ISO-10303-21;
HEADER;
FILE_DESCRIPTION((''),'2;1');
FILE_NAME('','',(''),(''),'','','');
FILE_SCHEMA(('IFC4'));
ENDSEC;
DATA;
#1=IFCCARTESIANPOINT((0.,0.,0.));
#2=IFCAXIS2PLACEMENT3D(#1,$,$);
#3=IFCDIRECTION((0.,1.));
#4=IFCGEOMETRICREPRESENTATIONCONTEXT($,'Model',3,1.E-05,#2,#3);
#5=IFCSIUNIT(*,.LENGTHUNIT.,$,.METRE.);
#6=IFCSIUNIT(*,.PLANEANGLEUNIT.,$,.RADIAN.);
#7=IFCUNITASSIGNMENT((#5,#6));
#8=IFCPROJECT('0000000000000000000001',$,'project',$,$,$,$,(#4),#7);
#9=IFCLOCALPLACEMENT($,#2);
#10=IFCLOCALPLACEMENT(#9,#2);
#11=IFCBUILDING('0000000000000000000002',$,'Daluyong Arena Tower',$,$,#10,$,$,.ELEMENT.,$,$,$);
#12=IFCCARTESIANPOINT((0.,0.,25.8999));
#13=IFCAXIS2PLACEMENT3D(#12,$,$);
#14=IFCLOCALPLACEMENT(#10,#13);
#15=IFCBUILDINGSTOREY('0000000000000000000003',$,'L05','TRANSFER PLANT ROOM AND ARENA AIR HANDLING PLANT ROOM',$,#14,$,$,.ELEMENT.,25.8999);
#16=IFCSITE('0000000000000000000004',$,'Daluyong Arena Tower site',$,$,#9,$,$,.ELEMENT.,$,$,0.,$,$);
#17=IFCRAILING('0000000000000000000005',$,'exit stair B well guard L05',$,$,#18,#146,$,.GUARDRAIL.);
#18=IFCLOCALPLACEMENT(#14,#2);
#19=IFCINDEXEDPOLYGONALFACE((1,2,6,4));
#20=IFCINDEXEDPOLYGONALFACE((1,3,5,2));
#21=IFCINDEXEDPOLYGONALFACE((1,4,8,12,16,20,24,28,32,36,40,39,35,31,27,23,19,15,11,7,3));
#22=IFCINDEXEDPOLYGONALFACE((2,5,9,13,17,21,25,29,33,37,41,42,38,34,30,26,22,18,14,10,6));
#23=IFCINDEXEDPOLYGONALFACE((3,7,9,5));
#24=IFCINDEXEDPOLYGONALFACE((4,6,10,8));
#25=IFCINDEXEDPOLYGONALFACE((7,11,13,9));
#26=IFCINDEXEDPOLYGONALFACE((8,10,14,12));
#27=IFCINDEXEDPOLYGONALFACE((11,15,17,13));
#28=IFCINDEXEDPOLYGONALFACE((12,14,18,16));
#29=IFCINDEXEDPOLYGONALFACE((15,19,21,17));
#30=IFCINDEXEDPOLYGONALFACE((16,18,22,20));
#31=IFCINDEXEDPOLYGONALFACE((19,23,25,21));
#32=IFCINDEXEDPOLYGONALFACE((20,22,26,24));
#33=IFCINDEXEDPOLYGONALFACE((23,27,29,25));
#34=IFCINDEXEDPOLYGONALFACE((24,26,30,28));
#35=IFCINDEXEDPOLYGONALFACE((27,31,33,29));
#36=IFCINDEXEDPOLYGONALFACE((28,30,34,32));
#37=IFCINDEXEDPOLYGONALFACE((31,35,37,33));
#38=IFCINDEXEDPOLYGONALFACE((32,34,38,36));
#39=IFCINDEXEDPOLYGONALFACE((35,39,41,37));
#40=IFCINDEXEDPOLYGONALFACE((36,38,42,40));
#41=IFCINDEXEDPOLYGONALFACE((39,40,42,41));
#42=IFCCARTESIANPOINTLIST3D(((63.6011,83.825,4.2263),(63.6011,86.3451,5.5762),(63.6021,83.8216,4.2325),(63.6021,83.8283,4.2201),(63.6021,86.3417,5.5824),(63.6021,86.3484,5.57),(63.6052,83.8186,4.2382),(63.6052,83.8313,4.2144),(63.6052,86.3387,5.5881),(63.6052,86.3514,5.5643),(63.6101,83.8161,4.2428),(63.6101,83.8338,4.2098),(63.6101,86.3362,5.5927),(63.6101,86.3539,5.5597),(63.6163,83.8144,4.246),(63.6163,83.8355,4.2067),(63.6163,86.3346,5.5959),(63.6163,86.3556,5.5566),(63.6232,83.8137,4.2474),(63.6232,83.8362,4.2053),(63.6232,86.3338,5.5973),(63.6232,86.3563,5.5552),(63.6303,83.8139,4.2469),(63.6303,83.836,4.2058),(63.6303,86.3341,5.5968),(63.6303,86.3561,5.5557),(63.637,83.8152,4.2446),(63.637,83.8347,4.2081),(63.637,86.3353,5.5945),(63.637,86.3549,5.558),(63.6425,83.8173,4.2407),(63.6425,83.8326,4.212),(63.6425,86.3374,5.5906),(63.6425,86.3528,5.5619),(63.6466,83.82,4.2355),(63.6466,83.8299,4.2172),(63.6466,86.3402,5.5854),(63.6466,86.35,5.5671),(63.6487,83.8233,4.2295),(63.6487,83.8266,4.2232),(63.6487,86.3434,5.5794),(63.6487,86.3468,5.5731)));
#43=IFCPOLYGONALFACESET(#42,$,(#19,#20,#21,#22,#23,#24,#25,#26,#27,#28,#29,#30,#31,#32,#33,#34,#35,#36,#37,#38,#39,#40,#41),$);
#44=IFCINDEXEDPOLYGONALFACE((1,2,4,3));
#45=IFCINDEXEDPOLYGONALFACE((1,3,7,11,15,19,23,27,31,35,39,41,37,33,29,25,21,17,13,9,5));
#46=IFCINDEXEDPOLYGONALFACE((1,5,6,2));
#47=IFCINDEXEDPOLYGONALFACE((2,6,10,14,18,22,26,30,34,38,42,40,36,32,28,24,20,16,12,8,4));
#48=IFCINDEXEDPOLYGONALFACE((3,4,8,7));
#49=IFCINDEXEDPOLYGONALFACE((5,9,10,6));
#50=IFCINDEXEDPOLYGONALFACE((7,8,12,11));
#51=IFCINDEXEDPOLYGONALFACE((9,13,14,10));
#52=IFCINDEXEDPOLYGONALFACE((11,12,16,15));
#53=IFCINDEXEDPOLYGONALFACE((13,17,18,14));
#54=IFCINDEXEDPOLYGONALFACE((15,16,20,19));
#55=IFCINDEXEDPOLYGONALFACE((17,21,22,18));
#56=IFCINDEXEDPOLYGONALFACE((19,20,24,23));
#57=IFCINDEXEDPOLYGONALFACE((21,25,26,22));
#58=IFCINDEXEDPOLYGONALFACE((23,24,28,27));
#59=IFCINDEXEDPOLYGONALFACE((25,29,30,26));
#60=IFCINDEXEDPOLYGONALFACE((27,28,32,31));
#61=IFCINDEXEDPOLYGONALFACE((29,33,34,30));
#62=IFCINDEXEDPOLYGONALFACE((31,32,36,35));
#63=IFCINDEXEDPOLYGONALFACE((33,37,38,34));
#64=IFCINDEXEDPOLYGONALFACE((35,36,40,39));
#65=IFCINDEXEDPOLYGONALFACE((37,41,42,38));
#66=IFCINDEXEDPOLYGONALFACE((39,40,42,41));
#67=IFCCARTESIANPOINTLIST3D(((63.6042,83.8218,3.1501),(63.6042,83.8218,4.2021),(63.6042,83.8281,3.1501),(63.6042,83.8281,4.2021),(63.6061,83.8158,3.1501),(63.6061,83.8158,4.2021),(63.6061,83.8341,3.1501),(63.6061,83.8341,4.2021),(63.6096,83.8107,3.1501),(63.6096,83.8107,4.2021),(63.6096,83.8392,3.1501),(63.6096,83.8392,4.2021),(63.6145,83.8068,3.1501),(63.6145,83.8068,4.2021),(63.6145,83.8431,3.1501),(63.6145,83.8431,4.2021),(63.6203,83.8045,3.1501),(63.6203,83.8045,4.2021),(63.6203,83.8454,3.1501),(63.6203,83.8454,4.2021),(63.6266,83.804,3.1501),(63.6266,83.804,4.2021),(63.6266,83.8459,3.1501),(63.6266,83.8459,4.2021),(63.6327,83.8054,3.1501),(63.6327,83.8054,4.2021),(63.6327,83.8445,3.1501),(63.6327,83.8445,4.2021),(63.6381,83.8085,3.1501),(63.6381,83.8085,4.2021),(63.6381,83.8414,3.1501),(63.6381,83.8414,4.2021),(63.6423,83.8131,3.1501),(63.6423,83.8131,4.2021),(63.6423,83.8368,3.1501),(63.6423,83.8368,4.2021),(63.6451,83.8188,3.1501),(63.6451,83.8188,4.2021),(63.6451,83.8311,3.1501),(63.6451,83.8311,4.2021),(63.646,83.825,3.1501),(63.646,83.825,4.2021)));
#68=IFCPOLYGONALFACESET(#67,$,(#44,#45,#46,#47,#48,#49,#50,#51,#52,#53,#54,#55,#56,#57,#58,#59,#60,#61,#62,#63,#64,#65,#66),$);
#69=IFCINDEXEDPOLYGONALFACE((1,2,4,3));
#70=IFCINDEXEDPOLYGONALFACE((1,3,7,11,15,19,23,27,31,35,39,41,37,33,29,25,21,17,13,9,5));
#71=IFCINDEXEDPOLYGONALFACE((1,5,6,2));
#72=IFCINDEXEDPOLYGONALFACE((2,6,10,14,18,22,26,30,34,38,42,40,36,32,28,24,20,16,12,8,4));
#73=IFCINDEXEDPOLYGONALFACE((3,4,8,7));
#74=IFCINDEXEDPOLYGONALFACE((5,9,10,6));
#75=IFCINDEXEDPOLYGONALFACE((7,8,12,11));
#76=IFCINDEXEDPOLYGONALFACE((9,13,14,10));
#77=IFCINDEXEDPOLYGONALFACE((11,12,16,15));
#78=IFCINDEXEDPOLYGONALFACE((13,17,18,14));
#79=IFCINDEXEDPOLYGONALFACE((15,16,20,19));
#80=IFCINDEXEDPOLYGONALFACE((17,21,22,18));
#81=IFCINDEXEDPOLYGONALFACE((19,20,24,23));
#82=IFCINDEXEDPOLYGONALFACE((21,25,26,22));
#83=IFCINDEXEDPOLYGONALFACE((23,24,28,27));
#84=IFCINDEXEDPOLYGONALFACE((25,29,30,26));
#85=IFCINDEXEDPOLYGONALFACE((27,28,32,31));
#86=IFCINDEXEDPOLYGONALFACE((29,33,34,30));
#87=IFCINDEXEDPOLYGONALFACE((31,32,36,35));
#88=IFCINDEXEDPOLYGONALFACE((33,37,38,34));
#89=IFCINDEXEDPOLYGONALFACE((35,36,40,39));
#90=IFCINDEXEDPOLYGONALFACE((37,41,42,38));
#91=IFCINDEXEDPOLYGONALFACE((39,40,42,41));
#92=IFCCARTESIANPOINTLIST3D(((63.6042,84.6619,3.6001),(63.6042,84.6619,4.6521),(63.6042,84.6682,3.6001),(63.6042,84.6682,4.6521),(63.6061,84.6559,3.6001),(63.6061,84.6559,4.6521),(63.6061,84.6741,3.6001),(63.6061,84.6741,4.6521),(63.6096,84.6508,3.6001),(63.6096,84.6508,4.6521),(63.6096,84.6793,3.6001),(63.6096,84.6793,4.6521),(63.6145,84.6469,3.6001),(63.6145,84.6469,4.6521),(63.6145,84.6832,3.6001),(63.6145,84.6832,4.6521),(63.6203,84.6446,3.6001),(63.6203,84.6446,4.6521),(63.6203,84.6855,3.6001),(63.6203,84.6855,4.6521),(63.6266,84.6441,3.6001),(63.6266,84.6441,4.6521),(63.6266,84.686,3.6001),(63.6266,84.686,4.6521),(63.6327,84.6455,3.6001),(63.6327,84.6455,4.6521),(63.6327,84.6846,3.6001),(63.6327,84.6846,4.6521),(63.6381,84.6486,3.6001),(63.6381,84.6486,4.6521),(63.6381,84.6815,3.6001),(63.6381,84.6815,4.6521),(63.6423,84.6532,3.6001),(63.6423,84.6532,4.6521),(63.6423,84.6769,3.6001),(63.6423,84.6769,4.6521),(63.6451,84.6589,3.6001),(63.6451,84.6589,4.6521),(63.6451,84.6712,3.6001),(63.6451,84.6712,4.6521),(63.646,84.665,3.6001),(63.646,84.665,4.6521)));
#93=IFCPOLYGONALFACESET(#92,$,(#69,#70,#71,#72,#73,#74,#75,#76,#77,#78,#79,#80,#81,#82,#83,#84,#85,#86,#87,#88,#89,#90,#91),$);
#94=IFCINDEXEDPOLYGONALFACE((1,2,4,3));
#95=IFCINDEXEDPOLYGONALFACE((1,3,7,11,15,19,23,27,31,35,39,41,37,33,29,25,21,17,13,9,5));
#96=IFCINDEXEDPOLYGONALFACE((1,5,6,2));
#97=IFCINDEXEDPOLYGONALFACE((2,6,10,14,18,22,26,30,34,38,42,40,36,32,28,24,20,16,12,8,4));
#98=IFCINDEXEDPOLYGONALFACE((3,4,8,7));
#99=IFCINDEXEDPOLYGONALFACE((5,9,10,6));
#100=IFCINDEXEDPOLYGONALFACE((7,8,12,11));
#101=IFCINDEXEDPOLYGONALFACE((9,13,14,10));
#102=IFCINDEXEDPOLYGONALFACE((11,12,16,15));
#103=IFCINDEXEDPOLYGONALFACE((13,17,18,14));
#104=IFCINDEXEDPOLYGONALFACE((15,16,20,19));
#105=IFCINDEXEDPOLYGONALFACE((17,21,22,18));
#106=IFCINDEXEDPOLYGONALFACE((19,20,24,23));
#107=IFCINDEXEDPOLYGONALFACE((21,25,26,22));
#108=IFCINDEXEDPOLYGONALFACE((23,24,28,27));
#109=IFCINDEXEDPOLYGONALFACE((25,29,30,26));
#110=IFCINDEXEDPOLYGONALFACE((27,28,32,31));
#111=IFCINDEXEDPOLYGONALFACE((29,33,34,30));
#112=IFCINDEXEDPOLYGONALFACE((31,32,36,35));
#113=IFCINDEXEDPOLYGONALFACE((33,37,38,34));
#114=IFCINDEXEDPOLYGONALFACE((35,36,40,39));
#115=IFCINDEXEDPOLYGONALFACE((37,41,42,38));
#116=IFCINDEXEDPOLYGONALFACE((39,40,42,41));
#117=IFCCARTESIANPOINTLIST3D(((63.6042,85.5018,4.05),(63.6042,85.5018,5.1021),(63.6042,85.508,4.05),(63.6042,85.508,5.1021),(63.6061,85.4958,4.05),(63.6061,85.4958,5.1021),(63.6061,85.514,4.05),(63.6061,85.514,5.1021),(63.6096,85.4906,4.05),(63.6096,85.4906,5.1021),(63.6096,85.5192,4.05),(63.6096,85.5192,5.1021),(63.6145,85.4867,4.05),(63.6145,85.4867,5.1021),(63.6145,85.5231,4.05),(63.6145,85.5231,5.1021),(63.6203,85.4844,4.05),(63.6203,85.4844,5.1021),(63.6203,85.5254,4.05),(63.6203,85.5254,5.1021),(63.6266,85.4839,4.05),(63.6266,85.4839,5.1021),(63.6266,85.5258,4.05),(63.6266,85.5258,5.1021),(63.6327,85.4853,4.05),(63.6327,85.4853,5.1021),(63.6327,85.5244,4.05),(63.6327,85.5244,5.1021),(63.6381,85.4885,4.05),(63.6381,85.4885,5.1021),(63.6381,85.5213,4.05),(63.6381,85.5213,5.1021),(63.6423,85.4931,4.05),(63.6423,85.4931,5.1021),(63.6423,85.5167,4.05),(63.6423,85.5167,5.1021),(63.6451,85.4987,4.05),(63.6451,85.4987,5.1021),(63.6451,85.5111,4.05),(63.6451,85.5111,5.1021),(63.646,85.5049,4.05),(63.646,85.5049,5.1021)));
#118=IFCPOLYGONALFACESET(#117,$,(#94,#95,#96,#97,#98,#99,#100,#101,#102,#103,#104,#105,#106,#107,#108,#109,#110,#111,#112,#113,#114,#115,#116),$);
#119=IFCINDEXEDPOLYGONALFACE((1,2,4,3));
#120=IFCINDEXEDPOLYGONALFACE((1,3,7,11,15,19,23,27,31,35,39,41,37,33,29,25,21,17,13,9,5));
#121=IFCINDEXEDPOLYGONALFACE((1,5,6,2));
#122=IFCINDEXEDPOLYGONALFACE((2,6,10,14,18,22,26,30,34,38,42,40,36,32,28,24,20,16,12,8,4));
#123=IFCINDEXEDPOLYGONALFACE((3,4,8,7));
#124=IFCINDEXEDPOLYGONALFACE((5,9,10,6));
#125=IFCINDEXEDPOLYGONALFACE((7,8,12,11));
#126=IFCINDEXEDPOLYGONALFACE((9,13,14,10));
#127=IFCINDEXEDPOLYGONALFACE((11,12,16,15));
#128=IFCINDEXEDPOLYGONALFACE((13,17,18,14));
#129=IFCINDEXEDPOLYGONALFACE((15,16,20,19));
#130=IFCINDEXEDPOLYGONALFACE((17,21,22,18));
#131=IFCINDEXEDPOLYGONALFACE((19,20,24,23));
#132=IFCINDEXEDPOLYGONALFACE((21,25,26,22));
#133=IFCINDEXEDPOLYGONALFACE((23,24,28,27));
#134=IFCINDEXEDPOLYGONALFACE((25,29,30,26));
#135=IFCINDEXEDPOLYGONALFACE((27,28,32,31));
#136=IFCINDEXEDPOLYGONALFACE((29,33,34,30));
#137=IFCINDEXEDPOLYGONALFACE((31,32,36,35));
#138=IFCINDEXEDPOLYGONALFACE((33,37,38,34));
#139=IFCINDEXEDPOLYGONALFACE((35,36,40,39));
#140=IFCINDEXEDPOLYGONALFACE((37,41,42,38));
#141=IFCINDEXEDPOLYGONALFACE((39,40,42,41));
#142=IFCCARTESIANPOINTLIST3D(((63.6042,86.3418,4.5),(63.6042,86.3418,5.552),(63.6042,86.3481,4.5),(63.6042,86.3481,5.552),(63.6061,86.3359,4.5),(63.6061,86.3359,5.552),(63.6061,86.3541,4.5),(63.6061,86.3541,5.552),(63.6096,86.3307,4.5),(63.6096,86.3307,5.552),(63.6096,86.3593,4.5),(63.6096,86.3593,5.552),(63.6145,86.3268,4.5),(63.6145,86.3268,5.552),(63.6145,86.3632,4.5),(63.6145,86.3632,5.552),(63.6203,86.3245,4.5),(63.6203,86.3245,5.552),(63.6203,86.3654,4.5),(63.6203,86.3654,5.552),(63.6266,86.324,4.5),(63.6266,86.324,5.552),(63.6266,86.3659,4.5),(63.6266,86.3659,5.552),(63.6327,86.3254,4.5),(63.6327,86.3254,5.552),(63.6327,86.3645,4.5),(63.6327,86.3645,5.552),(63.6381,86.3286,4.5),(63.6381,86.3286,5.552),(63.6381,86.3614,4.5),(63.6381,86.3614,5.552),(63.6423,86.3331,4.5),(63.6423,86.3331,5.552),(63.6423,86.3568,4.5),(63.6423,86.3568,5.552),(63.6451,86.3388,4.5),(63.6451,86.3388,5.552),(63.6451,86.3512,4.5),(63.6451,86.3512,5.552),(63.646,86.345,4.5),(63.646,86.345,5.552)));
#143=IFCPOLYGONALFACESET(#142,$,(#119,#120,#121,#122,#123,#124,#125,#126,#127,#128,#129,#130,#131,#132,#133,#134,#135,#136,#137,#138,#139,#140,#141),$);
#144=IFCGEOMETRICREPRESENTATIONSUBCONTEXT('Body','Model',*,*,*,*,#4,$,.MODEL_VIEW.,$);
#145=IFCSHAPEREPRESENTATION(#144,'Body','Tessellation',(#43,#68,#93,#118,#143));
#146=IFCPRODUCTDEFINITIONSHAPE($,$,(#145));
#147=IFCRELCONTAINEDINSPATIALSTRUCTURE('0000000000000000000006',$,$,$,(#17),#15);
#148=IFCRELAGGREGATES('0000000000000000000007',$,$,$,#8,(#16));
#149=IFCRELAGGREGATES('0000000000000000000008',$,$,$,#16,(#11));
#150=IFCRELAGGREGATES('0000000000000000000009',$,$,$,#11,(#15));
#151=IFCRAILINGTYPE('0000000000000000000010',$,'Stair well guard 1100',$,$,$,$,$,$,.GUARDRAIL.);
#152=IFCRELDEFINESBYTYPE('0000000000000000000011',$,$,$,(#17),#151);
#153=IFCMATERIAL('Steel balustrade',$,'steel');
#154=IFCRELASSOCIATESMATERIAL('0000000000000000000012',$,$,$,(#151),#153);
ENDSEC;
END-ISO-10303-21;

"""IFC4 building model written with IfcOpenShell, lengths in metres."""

from ifc_helpers import new_model, si_unit, direction, frame, origin, origin_2d, place, context, subcontext, project, spatial, circle, extrude, material, type_object, element, save


model = new_model("IFC4")

# Units and contexts
model_context = context("Model", 3, precision=1e-05, world=origin(), true_north=direction((0.0, 1.0)))
body_context = subcontext(model_context, "Body", "Model", "MODEL_VIEW")
ifc_project = project(units=[si_unit("LENGTHUNIT", "METRE"), si_unit("PLANEANGLEUNIT", "RADIAN")], contexts=[model_context])

# Site, building, storey
site_placement = place(None, origin())
site = spatial("IfcSite", under=ifc_project, at=site_placement, Name="Daluyong Arena Tower site", CompositionType="ELEMENT", RefElevation=0.0)
building_placement = place(site_placement, origin())
building = spatial("IfcBuilding", under=site, at=building_placement, Name="Daluyong Arena Tower", CompositionType="ELEMENT")
storey_placement = place(building_placement, frame((0.0, 0.0, 25.8999)))
storey = spatial("IfcBuildingStorey", under=building, at=storey_placement, Name="L05", Description="TRANSFER PLANT ROOM AND ARENA AIR HANDLING PLANT ROOM", CompositionType="ELEMENT", Elevation=25.8999)

# Railing
ifc_material_1 = material(Name="Steel balustrade", Category="steel")
railing_type_1 = type_object("IfcRailingType", Name="Stair well guard 1100", PredefinedType="GUARDRAIL", material=ifc_material_1)
railing_1_placement = place(storey_placement, frame((63.625, 83.825, 3.1501)))
element("IfcRailing", 1, at=railing_1_placement, inside=storey, type_object=railing_type_1, Name="exit stair B well guard L05", PredefinedType="GUARDRAIL", context=body_context, shape_type="SweptSolid", body=[
    extrude(circle(Radius=0.0239, at=origin_2d()), frame((0.0, 0.0, 1.0762), z_axis=(0.0, 0.881503, 0.472179), x_axis=(-1.0, 0.0, 0.0)), (0.0, 0.0, 1.0), 2.8589),
    extrude(circle(Radius=0.021, at=origin_2d()), origin(), (0.0, 0.0, 1.0), 1.052),
    extrude(circle(Radius=0.021, at=origin_2d()), frame((0.0, 0.8401, 0.45)), (0.0, 0.0, 1.0), 1.052),
    extrude(circle(Radius=0.021, at=origin_2d()), frame((0.0, 1.6799, 0.8999)), (0.0, 0.0, 1.0), 1.052),
    extrude(circle(Radius=0.021, at=origin_2d()), frame((0.0, 2.52, 1.3499)), (0.0, 0.0, 1.0), 1.052),
])

save(model, "model.ifc")
